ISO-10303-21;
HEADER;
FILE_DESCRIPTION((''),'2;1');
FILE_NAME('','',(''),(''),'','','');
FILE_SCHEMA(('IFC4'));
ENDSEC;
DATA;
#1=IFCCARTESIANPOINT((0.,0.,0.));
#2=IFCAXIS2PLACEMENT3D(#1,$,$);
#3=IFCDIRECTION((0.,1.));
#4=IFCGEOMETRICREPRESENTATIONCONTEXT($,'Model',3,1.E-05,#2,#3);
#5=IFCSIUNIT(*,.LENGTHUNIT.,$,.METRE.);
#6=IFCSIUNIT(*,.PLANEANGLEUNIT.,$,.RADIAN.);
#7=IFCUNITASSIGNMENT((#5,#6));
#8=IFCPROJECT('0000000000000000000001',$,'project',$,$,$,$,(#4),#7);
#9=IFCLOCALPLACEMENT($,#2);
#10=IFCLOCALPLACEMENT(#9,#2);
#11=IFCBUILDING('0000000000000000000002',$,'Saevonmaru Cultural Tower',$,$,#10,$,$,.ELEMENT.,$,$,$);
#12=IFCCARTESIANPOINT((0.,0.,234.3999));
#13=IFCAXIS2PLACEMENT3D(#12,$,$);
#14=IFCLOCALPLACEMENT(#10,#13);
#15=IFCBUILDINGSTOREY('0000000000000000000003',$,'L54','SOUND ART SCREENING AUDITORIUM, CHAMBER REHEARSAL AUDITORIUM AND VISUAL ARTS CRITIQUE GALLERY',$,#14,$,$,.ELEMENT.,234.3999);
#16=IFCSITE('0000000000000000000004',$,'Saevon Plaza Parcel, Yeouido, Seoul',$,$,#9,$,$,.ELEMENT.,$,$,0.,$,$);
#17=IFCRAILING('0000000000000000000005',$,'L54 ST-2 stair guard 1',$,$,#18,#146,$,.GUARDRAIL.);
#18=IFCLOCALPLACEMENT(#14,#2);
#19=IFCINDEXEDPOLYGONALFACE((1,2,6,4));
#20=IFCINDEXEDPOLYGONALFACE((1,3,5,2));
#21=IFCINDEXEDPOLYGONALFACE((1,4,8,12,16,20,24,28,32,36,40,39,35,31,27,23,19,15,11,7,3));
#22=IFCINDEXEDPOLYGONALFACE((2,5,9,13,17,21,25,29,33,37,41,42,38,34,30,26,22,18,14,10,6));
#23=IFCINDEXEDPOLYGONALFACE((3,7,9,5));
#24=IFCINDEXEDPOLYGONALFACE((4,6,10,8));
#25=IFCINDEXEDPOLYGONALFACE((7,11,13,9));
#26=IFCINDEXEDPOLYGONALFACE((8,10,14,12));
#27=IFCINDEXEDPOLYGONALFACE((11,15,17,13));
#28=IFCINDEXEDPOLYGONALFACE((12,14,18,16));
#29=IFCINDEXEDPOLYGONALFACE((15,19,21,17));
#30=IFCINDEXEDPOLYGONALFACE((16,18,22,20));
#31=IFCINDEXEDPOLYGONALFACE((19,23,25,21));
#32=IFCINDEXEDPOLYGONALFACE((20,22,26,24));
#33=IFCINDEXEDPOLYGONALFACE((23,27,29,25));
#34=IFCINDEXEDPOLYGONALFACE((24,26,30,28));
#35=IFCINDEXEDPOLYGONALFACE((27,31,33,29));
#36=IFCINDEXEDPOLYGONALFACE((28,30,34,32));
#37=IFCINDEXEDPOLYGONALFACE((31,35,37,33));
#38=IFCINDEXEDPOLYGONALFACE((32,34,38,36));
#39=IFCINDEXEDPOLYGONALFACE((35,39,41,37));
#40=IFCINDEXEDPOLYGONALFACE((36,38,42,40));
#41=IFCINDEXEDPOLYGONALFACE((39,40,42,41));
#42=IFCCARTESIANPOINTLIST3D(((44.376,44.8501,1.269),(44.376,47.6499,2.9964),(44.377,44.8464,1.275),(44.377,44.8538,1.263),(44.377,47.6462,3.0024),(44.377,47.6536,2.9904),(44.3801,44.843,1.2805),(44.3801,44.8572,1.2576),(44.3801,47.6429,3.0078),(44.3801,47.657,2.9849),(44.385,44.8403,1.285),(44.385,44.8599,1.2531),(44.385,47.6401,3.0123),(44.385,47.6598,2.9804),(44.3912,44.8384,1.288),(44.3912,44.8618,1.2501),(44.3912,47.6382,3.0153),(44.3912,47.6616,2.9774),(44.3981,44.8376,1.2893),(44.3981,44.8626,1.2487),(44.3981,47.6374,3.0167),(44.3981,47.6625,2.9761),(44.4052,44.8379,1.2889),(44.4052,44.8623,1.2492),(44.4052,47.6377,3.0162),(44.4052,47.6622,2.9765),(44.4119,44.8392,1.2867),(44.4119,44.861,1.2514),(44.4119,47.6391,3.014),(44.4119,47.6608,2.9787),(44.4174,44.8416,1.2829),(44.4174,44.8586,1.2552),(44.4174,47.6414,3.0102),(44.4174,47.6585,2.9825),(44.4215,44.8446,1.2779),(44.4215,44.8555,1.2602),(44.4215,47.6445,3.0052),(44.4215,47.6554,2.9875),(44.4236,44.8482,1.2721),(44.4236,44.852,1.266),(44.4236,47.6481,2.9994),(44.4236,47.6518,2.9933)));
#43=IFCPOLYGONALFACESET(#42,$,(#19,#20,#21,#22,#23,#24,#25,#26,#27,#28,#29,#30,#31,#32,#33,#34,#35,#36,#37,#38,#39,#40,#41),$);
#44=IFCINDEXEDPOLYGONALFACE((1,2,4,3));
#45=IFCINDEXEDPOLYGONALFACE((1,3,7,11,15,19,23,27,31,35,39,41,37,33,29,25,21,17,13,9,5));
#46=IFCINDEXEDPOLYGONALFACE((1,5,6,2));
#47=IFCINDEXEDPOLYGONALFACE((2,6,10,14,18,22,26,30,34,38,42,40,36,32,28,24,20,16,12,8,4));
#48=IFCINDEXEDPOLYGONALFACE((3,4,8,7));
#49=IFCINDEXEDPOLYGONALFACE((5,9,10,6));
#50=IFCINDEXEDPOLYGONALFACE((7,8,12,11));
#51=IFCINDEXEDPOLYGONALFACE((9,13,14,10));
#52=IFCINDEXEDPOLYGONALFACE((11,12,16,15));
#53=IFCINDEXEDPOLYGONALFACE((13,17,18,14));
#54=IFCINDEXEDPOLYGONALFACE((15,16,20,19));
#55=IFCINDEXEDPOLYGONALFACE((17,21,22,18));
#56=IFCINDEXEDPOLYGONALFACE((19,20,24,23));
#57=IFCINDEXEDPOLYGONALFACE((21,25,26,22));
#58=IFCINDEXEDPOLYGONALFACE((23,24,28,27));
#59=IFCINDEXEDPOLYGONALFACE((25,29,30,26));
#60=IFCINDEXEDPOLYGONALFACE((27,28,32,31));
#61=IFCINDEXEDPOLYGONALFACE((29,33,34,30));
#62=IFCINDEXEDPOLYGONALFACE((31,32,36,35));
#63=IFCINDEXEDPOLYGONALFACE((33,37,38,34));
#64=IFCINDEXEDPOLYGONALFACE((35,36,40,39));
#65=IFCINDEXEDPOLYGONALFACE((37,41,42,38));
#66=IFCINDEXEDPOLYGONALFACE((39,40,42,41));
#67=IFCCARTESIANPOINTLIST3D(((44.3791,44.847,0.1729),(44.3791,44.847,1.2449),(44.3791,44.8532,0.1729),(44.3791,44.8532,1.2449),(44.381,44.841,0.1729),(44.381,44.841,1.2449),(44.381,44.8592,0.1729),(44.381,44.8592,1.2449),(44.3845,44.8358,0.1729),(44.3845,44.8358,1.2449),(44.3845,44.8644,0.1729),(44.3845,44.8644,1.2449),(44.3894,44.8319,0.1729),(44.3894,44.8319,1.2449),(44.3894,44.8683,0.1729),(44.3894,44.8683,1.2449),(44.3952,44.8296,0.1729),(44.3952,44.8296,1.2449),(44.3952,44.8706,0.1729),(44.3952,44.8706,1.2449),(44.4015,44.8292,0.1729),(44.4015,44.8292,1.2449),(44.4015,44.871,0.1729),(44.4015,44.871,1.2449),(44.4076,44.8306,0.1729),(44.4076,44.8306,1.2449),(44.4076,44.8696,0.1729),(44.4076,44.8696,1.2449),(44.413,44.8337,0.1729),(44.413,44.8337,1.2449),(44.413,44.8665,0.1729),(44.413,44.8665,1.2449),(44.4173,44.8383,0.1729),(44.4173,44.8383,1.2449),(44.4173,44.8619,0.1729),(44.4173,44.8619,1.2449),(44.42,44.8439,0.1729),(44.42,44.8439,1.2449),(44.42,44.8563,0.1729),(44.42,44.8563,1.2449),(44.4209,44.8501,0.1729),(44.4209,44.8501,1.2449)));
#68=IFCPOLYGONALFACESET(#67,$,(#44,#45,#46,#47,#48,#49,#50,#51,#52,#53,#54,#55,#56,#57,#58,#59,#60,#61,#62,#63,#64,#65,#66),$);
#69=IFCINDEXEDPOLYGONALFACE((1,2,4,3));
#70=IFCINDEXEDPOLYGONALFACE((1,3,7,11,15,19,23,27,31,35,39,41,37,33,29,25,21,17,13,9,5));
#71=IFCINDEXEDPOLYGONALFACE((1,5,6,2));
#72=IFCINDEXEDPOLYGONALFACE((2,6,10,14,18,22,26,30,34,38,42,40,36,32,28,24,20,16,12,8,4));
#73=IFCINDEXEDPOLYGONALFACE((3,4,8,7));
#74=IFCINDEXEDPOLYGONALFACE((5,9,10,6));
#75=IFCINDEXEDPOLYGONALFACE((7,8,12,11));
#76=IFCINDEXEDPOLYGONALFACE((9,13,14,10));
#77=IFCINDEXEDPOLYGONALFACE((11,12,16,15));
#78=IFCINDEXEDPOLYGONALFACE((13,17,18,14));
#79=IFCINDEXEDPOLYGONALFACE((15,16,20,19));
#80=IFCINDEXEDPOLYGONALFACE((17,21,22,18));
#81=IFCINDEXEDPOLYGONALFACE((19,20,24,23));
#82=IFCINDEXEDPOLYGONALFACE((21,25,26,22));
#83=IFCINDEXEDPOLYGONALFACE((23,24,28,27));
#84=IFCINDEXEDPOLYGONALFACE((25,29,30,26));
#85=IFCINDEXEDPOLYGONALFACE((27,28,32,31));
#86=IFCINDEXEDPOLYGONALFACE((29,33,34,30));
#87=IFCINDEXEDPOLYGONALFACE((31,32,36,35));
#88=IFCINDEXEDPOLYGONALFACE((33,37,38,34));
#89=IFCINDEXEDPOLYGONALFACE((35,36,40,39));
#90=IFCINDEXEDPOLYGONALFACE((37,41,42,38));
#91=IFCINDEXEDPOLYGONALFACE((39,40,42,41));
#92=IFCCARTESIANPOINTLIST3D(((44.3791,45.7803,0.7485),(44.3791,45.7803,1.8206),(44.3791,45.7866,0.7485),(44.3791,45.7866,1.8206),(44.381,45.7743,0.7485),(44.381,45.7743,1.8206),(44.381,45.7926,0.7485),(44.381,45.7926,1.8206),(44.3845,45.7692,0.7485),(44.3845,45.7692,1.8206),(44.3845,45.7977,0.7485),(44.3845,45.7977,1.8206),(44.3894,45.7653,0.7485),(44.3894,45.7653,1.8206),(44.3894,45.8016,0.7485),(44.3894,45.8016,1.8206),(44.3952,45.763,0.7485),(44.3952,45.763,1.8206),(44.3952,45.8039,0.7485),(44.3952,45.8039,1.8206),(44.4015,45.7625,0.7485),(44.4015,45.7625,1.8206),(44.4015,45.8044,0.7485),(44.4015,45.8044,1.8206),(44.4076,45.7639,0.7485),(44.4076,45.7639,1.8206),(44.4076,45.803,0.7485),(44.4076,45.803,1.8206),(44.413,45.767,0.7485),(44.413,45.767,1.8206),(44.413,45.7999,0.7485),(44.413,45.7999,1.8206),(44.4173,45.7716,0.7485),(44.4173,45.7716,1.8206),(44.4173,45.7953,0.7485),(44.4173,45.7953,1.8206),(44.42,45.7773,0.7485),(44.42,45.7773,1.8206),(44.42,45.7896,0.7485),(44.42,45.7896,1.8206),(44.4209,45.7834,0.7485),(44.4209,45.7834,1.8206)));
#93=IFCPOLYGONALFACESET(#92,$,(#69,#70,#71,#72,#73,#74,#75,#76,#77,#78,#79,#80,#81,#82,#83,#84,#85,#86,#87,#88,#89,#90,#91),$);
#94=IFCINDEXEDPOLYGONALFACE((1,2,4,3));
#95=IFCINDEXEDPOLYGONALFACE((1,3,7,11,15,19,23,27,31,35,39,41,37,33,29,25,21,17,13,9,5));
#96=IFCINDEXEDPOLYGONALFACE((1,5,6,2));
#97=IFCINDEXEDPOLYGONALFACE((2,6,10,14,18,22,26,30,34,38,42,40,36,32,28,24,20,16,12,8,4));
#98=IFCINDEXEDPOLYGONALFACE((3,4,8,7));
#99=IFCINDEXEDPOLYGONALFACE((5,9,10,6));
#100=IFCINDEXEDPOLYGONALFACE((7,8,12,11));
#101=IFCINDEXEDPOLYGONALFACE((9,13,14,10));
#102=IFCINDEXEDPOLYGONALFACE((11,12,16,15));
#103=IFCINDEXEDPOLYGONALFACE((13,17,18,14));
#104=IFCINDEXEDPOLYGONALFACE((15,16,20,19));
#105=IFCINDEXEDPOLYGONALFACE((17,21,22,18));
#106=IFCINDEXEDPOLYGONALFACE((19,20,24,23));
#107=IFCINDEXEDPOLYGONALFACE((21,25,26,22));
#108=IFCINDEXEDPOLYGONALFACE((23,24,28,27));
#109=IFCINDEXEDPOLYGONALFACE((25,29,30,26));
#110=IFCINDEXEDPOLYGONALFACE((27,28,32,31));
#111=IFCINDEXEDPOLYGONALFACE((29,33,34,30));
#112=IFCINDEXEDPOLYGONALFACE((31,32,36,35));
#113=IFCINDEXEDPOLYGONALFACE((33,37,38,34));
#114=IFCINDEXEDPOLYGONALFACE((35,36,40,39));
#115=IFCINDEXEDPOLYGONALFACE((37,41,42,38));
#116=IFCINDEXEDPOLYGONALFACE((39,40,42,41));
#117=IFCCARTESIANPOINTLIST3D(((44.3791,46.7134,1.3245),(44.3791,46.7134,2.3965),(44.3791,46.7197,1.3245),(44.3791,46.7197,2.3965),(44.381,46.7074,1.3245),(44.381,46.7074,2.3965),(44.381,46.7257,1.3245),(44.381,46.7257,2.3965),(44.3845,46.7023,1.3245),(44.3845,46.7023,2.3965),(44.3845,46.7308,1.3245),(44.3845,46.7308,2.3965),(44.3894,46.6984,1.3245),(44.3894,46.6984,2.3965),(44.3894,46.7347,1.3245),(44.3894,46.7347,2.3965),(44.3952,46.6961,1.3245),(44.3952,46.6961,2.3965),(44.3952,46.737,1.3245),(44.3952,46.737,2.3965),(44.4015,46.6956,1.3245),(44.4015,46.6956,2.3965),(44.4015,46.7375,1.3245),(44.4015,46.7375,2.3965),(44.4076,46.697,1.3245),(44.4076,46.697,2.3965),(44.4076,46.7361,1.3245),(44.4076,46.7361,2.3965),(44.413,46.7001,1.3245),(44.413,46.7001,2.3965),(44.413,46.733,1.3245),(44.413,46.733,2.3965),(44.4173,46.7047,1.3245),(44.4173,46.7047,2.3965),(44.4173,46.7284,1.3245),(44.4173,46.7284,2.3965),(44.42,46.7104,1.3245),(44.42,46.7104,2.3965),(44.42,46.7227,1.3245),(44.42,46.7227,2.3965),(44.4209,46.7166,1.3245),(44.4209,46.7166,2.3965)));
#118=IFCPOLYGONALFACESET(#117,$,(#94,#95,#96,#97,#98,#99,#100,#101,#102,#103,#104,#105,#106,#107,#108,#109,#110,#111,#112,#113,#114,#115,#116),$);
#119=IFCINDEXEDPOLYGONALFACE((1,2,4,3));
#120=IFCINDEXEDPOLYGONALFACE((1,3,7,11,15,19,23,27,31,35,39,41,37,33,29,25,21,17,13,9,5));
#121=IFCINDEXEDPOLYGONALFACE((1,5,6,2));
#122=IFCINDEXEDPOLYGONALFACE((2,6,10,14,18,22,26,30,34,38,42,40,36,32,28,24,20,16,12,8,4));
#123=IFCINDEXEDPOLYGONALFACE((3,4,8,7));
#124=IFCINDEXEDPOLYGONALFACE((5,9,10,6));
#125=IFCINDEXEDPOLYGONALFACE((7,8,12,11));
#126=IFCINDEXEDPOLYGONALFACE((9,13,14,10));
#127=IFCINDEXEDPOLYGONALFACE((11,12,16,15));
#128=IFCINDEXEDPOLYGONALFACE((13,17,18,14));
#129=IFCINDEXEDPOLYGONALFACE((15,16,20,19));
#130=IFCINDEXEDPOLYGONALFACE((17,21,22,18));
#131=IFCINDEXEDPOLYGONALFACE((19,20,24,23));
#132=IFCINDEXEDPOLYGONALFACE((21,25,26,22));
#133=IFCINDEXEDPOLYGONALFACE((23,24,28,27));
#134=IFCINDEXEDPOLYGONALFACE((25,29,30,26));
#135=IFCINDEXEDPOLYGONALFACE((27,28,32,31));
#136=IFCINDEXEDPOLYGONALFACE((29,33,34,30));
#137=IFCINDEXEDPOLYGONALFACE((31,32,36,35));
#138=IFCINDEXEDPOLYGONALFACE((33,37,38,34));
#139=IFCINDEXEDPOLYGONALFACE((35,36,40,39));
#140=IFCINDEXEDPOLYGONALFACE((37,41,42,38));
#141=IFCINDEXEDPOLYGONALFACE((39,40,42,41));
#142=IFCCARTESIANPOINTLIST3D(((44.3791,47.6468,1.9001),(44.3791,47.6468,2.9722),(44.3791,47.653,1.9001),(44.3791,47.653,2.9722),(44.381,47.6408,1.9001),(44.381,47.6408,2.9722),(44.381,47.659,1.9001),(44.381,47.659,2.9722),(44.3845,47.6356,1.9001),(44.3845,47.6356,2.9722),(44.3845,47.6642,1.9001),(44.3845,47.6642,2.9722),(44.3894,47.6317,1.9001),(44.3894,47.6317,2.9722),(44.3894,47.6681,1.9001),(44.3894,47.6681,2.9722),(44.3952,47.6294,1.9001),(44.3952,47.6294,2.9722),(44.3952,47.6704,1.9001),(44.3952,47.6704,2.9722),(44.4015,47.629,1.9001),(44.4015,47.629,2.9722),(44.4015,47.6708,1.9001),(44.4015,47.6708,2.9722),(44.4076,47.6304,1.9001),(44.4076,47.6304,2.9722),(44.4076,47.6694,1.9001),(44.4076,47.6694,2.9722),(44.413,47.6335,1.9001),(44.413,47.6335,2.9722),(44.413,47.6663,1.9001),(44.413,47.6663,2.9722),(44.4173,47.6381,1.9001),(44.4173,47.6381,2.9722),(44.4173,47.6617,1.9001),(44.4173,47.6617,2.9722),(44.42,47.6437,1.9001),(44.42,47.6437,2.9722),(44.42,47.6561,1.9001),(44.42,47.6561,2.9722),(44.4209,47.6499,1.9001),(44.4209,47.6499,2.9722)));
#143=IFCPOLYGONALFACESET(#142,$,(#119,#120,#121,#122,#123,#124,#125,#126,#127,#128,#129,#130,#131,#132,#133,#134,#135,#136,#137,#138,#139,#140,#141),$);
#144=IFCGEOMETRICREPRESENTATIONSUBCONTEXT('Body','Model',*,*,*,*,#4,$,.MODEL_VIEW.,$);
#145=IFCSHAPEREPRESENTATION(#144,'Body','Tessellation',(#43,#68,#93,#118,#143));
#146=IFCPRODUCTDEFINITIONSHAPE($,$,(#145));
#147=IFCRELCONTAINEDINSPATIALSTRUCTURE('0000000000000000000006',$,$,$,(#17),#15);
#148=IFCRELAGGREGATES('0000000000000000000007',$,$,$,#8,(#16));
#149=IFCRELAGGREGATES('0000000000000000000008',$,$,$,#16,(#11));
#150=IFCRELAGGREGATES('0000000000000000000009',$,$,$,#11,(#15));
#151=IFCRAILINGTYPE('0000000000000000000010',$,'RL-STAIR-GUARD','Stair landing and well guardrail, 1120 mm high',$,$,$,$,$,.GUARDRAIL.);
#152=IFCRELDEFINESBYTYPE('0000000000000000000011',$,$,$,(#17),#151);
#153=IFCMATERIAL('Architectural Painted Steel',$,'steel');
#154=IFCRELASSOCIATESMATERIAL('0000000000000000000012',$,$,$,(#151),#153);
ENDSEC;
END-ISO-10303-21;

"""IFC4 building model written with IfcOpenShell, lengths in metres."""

from ifc_helpers import new_model, si_unit, direction, frame, origin, origin_2d, place, context, subcontext, project, spatial, circle, extrude, material, type_object, element, save


model = new_model("IFC4")

# Units and contexts
model_context = context("Model", 3, precision=1e-05, world=origin(), true_north=direction((0.0, 1.0)))
body_context = subcontext(model_context, "Body", "Model", "MODEL_VIEW")
ifc_project = project(units=[si_unit("LENGTHUNIT", "METRE"), si_unit("PLANEANGLEUNIT", "RADIAN")], contexts=[model_context])

# Site, building, storey
site_placement = place(None, origin())
site = spatial("IfcSite", under=ifc_project, at=site_placement, Name="Saevon Plaza Parcel, Yeouido, Seoul", CompositionType="ELEMENT", RefElevation=0.0)
building_placement = place(site_placement, origin())
building = spatial("IfcBuilding", under=site, at=building_placement, Name="Saevonmaru Cultural Tower", CompositionType="ELEMENT")
storey_placement = place(building_placement, frame((0.0, 0.0, 234.3999)))
storey = spatial("IfcBuildingStorey", under=building, at=storey_placement, Name="L54", Description="SOUND ART SCREENING AUDITORIUM, CHAMBER REHEARSAL AUDITORIUM AND VISUAL ARTS CRITIQUE GALLERY", CompositionType="ELEMENT", Elevation=234.3999)

# Railing
ifc_material_1 = material(Name="Architectural Painted Steel", Category="steel")
railing_type_1 = type_object("IfcRailingType", Name="RL-STAIR-GUARD", Description="Stair landing and well guardrail, 1120 mm high", PredefinedType="GUARDRAIL", material=ifc_material_1)
railing_1_placement = place(storey_placement, frame((44.3999, 44.8501, 0.1729)))
element("IfcRailing", 1, at=railing_1_placement, inside=storey, type_object=railing_type_1, Name="L54 ST-2 stair guard 1", PredefinedType="GUARDRAIL", context=body_context, shape_type="SweptSolid", body=[
    extrude(circle(Radius=0.0239, at=origin_2d()), frame((0.0, 0.0, 1.0962), z_axis=(0.0, 0.851069, 0.525054), x_axis=(-1.0, 0.0, 0.0)), (0.0, 0.0, 1.0), 3.2898),
    extrude(circle(Radius=0.021, at=origin_2d()), origin(), (0.0, 0.0, 1.0), 1.072),
    extrude(circle(Radius=0.021, at=origin_2d()), frame((0.0, 0.9333, 0.5757)), (0.0, 0.0, 1.0), 1.072),
    extrude(circle(Radius=0.021, at=origin_2d()), frame((0.0, 1.8665, 1.1516)), (0.0, 0.0, 1.0), 1.072),
    extrude(circle(Radius=0.021, at=origin_2d()), frame((0.0, 2.7998, 1.7273)), (0.0, 0.0, 1.0), 1.072),
])

save(model, "model.ifc")
